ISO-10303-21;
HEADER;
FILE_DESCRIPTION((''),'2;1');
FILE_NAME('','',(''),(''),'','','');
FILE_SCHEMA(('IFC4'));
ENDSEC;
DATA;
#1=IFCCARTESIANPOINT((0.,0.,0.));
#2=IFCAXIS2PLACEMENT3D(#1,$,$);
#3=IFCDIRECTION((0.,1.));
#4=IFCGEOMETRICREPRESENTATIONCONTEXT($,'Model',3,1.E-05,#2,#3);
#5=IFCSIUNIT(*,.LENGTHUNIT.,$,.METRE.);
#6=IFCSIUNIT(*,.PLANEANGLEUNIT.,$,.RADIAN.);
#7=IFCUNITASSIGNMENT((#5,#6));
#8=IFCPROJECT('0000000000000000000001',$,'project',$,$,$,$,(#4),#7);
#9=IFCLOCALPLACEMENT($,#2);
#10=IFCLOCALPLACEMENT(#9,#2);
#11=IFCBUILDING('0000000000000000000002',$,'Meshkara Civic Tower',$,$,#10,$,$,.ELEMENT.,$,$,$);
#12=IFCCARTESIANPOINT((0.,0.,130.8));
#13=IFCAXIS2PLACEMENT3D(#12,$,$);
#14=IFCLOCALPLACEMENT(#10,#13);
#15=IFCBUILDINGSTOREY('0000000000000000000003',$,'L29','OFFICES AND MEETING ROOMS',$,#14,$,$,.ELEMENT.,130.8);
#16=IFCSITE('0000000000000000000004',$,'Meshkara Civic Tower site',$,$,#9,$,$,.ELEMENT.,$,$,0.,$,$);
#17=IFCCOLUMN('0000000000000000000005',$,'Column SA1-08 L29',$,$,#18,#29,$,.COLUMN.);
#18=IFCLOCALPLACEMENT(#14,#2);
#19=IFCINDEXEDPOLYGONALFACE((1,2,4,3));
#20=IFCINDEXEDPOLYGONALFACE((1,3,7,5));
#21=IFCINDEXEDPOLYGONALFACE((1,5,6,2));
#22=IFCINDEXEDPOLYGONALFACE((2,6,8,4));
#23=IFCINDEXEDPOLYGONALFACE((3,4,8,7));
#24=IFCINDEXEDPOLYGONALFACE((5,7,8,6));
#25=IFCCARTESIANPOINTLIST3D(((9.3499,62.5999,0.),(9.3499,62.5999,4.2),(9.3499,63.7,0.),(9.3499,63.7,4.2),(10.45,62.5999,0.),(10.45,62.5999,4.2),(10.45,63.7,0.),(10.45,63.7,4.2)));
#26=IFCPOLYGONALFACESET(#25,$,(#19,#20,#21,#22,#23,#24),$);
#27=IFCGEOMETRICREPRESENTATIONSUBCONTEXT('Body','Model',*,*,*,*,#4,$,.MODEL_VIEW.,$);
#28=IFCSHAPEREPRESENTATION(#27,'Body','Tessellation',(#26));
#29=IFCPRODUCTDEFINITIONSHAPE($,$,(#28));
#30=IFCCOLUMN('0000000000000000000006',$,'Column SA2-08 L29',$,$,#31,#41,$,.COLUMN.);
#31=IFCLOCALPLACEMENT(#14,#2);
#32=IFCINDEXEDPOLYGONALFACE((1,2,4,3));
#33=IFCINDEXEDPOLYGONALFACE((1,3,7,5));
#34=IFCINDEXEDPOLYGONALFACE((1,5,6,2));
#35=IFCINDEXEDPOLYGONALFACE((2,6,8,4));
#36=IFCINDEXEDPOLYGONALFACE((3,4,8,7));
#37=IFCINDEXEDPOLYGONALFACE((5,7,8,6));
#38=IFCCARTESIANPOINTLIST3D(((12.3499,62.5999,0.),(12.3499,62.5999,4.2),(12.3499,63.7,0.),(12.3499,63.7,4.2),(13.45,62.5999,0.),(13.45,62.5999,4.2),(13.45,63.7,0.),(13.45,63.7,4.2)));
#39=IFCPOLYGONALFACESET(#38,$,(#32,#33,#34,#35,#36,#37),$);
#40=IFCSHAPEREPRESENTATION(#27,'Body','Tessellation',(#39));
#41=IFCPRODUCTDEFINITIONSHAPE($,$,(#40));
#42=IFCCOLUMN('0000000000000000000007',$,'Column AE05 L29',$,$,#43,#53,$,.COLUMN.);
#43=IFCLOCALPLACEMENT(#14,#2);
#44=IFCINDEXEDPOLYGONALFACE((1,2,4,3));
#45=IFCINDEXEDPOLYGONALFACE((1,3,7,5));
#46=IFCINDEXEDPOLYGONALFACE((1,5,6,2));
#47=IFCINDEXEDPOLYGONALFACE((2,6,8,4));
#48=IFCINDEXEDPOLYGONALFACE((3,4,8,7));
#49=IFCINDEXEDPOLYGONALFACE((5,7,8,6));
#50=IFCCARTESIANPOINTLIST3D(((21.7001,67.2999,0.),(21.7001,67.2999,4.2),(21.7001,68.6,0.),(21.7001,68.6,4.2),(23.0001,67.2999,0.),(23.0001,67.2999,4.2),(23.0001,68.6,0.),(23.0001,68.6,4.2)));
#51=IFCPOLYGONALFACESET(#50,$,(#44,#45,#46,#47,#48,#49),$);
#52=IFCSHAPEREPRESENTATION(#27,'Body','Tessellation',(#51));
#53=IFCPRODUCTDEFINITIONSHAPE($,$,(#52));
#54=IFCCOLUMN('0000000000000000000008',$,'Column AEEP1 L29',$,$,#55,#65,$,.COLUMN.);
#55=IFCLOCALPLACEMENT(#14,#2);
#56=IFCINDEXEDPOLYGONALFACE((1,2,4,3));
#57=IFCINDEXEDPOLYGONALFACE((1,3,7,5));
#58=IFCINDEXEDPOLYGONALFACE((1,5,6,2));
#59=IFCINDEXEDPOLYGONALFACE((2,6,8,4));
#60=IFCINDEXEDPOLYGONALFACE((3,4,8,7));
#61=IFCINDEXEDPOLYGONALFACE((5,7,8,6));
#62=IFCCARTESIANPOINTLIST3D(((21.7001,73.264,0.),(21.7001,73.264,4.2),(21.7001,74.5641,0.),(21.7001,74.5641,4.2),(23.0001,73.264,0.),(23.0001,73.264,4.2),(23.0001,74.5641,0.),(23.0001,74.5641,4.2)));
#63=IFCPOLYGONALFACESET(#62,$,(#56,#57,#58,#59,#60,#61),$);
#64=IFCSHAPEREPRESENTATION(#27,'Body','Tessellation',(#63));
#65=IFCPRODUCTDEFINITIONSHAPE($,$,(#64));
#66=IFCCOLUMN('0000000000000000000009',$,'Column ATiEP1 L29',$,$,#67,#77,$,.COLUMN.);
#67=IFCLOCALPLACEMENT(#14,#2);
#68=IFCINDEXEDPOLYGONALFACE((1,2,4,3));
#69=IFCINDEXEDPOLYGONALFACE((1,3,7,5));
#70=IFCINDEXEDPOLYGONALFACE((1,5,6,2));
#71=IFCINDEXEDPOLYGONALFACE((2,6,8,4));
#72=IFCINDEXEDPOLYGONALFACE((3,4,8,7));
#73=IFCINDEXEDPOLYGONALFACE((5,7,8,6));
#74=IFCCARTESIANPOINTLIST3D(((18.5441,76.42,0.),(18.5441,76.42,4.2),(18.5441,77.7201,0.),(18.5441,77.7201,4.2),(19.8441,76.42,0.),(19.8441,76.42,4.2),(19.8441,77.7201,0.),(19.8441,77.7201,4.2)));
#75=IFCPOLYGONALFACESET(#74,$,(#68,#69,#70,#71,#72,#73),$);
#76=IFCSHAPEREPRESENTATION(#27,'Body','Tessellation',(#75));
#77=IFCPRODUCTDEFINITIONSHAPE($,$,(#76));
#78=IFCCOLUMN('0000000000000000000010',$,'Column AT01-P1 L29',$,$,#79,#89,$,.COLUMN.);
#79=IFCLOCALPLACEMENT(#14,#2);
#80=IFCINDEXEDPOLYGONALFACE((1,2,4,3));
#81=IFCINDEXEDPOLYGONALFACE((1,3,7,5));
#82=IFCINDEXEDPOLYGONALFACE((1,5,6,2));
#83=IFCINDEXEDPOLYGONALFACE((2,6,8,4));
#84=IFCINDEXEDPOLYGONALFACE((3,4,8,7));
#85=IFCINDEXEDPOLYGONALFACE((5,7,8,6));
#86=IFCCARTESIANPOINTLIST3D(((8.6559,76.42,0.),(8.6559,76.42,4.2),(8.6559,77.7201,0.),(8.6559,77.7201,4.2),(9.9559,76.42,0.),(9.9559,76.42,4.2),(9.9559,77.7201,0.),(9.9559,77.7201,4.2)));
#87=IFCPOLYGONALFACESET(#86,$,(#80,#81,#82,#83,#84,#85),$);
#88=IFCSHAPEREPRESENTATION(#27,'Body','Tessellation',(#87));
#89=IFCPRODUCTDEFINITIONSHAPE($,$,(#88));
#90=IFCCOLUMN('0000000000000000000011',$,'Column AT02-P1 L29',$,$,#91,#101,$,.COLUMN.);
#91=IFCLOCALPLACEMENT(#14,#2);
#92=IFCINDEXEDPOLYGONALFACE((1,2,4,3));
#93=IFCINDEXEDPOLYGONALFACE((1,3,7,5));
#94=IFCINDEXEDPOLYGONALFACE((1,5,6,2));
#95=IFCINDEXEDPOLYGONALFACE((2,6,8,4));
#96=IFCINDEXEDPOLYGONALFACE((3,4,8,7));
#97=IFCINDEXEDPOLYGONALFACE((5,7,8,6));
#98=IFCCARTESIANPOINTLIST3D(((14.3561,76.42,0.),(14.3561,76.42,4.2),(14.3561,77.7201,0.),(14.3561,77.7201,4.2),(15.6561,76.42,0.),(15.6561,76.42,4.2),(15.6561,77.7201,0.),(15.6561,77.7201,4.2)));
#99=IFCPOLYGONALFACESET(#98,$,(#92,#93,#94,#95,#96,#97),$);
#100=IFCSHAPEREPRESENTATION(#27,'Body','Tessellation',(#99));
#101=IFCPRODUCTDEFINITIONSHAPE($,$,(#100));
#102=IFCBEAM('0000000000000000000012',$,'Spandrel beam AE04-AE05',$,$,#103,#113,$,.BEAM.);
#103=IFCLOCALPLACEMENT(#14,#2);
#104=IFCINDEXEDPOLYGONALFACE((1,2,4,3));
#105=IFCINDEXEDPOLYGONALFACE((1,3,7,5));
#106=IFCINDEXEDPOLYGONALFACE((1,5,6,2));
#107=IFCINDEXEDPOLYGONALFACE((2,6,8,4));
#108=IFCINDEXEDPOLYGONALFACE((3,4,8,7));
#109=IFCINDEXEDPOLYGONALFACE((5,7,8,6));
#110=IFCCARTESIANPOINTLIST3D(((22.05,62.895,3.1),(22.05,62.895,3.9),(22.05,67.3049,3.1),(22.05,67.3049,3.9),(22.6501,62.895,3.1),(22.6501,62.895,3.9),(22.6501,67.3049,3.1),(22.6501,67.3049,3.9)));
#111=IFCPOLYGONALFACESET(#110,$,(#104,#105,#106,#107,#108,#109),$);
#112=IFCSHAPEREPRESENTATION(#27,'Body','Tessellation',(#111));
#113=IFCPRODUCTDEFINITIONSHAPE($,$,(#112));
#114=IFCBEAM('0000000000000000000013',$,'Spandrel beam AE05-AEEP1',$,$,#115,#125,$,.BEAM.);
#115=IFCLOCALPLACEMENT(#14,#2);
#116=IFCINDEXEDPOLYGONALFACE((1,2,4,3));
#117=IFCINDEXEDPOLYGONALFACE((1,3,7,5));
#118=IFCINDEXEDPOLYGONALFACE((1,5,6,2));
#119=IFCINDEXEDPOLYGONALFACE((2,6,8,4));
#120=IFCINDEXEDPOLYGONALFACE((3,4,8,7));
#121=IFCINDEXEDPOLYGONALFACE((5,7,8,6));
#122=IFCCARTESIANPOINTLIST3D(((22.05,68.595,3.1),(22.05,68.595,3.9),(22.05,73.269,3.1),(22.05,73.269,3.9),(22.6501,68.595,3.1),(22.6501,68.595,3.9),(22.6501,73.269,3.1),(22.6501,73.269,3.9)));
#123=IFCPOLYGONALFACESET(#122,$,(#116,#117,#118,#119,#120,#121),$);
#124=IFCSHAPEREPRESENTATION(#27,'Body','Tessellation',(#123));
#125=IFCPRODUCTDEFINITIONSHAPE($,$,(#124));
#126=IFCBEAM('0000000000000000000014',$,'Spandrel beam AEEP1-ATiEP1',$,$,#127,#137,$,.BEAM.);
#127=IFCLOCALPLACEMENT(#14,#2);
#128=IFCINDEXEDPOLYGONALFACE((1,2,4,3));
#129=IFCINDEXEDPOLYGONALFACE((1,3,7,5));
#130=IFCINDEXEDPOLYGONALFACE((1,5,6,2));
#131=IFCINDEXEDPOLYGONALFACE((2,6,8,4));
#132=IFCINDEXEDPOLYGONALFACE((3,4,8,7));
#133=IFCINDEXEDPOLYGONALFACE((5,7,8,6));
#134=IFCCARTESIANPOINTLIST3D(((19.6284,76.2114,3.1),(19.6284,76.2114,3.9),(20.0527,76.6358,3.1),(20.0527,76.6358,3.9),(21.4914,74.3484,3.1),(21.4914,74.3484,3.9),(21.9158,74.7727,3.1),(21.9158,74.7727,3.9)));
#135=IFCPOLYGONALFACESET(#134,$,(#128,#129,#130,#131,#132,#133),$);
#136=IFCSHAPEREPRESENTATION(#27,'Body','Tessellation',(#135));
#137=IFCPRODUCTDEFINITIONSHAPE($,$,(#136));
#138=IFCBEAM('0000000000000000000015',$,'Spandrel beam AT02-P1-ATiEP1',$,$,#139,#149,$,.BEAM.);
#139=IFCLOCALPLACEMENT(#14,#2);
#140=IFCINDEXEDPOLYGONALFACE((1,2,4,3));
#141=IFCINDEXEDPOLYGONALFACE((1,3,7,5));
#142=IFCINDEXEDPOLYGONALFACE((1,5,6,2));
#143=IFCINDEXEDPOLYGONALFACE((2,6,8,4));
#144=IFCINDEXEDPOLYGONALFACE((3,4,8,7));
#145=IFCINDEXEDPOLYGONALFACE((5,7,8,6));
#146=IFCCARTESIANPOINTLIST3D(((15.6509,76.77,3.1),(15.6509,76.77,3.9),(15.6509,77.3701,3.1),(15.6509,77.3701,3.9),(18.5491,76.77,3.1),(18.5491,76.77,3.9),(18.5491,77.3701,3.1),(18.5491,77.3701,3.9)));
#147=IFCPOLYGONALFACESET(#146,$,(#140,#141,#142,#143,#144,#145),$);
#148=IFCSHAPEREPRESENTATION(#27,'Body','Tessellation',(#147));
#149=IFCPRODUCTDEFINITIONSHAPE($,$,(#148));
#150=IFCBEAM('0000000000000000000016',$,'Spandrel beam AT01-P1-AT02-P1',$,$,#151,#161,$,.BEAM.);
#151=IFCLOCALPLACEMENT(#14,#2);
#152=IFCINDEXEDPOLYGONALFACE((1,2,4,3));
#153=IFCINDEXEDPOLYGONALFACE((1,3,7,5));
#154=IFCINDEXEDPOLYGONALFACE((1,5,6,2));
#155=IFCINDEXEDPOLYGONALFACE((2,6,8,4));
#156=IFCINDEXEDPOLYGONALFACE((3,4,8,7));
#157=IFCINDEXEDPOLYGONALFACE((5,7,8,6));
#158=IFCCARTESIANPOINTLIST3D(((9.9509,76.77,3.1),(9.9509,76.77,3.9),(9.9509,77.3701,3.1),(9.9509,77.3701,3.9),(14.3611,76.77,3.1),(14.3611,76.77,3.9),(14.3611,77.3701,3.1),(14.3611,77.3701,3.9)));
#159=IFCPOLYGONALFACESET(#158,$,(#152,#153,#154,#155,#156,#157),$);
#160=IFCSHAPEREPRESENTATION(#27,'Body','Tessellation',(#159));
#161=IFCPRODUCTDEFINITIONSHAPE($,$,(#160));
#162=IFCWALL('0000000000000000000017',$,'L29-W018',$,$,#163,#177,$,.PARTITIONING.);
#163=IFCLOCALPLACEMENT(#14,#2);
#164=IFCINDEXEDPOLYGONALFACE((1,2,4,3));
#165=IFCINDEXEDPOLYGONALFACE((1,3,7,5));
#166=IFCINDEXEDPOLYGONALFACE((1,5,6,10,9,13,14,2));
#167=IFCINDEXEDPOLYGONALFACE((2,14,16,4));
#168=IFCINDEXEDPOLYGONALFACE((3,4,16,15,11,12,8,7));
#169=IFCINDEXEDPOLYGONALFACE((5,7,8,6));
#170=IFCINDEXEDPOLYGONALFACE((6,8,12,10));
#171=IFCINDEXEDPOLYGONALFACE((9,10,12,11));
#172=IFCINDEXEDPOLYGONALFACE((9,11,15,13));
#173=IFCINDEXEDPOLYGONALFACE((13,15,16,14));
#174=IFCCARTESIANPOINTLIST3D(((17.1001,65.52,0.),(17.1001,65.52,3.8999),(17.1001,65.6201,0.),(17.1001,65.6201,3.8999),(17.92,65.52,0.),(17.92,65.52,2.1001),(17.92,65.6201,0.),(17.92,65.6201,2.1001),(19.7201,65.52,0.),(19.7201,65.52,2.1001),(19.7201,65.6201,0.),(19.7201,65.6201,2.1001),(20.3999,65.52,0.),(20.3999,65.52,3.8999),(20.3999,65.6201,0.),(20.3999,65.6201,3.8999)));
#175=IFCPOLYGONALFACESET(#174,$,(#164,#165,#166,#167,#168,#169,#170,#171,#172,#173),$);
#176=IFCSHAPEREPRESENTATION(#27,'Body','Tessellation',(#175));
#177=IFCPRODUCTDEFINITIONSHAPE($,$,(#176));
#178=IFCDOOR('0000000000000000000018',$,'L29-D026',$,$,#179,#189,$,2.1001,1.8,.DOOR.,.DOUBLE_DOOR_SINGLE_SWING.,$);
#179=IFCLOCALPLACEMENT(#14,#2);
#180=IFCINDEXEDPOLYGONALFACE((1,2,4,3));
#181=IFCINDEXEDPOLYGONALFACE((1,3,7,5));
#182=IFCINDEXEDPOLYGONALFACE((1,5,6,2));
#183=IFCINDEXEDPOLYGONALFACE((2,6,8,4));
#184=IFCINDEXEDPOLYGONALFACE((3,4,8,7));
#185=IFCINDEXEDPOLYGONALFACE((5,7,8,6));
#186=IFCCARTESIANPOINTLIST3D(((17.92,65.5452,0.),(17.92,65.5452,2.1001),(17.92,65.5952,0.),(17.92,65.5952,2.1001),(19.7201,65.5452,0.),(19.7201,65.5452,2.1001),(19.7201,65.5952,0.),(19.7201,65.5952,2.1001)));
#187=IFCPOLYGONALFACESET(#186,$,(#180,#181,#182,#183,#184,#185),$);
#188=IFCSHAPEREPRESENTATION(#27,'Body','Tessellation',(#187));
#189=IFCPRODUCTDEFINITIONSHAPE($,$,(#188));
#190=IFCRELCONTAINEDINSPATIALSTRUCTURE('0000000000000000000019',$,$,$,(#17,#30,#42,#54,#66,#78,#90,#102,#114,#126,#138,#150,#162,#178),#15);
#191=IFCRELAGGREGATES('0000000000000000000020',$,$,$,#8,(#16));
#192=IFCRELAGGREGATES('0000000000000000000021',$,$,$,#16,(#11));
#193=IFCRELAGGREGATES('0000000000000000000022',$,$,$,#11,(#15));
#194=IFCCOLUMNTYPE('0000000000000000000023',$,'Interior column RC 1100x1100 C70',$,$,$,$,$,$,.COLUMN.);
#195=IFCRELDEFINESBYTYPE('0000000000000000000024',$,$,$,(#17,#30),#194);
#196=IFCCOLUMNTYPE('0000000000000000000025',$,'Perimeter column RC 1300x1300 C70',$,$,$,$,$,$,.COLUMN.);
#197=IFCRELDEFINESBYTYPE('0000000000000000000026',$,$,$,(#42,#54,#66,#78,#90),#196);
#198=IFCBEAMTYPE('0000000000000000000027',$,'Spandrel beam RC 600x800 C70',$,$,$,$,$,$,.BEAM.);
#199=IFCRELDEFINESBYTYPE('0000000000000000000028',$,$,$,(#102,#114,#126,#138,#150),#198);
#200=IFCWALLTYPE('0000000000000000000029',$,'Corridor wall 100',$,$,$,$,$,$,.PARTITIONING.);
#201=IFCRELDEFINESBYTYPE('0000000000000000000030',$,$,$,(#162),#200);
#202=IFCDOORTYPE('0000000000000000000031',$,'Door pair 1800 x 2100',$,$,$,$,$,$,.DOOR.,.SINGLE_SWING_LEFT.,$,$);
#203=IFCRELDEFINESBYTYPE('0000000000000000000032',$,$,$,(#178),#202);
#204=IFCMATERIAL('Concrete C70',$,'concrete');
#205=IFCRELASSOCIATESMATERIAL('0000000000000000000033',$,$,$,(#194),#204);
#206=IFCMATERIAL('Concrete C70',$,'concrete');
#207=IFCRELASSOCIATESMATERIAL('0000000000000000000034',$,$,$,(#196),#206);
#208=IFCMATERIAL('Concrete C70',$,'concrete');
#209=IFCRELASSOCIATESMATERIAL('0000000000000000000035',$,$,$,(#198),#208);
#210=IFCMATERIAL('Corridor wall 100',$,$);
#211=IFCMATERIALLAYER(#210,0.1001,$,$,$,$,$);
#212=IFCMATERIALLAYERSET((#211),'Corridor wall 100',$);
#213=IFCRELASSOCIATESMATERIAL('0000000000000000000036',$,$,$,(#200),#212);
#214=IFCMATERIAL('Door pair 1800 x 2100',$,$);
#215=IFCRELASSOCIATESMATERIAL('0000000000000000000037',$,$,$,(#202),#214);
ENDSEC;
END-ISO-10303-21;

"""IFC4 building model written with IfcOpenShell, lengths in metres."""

from ifc_helpers import new_model, si_unit, direction, frame, frame_2d, origin, origin_2d, place, context, subcontext, project, spatial, rectangle, extrude, material, layer, layer_set, material_profile, profile_set, type_object, element, fill, save


model = new_model("IFC4")

# Units and contexts
model_context = context("Model", 3, precision=1e-05, world=origin(), true_north=direction((0.0, 1.0)))
body_context = subcontext(model_context, "Body", "Model", "MODEL_VIEW")
ifc_project = project(units=[si_unit("LENGTHUNIT", "METRE"), si_unit("PLANEANGLEUNIT", "RADIAN")], contexts=[model_context])

# Site, building, storey
site_placement = place(None, origin())
site = spatial("IfcSite", under=ifc_project, at=site_placement, Name="Meshkara Civic Tower site", CompositionType="ELEMENT", RefElevation=0.0)
building_placement = place(site_placement, origin())
building = spatial("IfcBuilding", under=site, at=building_placement, Name="Meshkara Civic Tower", CompositionType="ELEMENT")
storey_placement = place(building_placement, frame((0.0, 0.0, 130.8)))
storey = spatial("IfcBuildingStorey", under=building, at=storey_placement, Name="L29", Description="OFFICES AND MEETING ROOMS", CompositionType="ELEMENT", Elevation=130.8)

# Columns
ifc_material_1 = material(Name="Concrete C70", Category="concrete")
ifc_material_profile_1 = material_profile(ifc_material_1, rectangle(XDim=1.1001, YDim=1.1001, at=origin_2d()))
ifc_profile_set_1 = profile_set([ifc_material_profile_1], Name="Concrete C70")
column_type_1 = type_object("IfcColumnType", Name="Interior column RC 1100x1100 C70", PredefinedType="COLUMN", material=ifc_profile_set_1)
for number, where, z_axis, x_axis, name in (
    (1, (9.8999, 63.1499, 0.0), (0.0, 0.0, 1.0), (1.0, 0.0, 0.0), "Column SA1-08 L29"),
    (2, (12.8999, 63.1499, 0.0), (0.0, 0.0, 1.0), (1.0, 0.0, 0.0), "Column SA2-08 L29"),
):
    element("IfcColumn", number, at=place(storey_placement, frame(where, z_axis=z_axis, x_axis=x_axis)), inside=storey, type_object=column_type_1, Name=name, PredefinedType="COLUMN", context=body_context, shape_type="SweptSolid", body=[
        extrude(rectangle(XDim=1.1001, YDim=1.1001, at=origin_2d()), origin(), (0.0, 0.0, 1.0), 4.2),
    ])
ifc_material_2 = material(Name="Concrete C70", Category="concrete")
ifc_material_profile_2 = material_profile(ifc_material_2, rectangle(XDim=1.3, YDim=1.3, at=origin_2d()))
ifc_profile_set_2 = profile_set([ifc_material_profile_2], Name="Concrete C70")
column_type_2 = type_object("IfcColumnType", Name="Perimeter column RC 1300x1300 C70", PredefinedType="COLUMN", material=ifc_profile_set_2)
for number, where, z_axis, x_axis, name in (
    (3, (22.3501, 67.95, 0.0), (0.0, 0.0, 1.0), (1.0, 0.0, 0.0), "Column AE05 L29"),
    (4, (22.3501, 73.9141, 0.0), (0.0, 0.0, 1.0), (1.0, 0.0, 0.0), "Column AEEP1 L29"),
    (5, (19.1941, 77.0701, 0.0), (0.0, 0.0, 1.0), (1.0, 0.0, 0.0), "Column ATiEP1 L29"),
    (6, (9.3059, 77.0701, 0.0), (0.0, 0.0, 1.0), (1.0, 0.0, 0.0), "Column AT01-P1 L29"),
    (7, (15.0061, 77.0701, 0.0), (0.0, 0.0, 1.0), (1.0, 0.0, 0.0), "Column AT02-P1 L29"),
):
    element("IfcColumn", number, at=place(storey_placement, frame(where, z_axis=z_axis, x_axis=x_axis)), inside=storey, type_object=column_type_2, Name=name, PredefinedType="COLUMN", context=body_context, shape_type="SweptSolid", body=[
        extrude(rectangle(XDim=1.3, YDim=1.3, at=origin_2d()), origin(), (0.0, 0.0, 1.0), 4.2),
    ])

# Beams
ifc_material_3 = material(Name="Concrete C70", Category="concrete")
ifc_material_profile_3 = material_profile(ifc_material_3, rectangle(XDim=0.6001, YDim=0.8, at=origin_2d()))
ifc_profile_set_3 = profile_set([ifc_material_profile_3], Name="Concrete C70")
beam_type = type_object("IfcBeamType", Name="Spandrel beam RC 600x800 C70", PredefinedType="BEAM", material=ifc_profile_set_3)
beam_1_placement = place(storey_placement, frame((22.3501, 62.895, 3.5), z_axis=(0.0, 1.0, 0.0), x_axis=(-1.0, 0.0, 0.0)))
element("IfcBeam", 8, at=beam_1_placement, inside=storey, type_object=beam_type, Name="Spandrel beam AE04-AE05", PredefinedType="BEAM", context=body_context, shape_type="SweptSolid", body=[
    extrude(rectangle(XDim=0.6001, YDim=0.8, at=origin_2d()), origin(), (0.0, 0.0, 1.0), 4.4099),
])
beam_2_placement = place(storey_placement, frame((22.3501, 68.595, 3.5), z_axis=(0.0, 1.0, 0.0), x_axis=(-1.0, 0.0, 0.0)))
element("IfcBeam", 9, at=beam_2_placement, inside=storey, type_object=beam_type, Name="Spandrel beam AE05-AEEP1", PredefinedType="BEAM", context=body_context, shape_type="SweptSolid", body=[
    extrude(rectangle(XDim=0.6001, YDim=0.8, at=origin_2d()), origin(), (0.0, 0.0, 1.0), 4.6741),
])
beam_3_placement = place(storey_placement, frame((21.7036, 74.5605, 3.5), z_axis=(-0.707107, 0.707107, 0.0), x_axis=(-0.707107, -0.707107, 0.0)))
element("IfcBeam", 10, at=beam_3_placement, inside=storey, type_object=beam_type, Name="Spandrel beam AEEP1-ATiEP1", PredefinedType="BEAM", context=body_context, shape_type="SweptSolid", body=[
    extrude(rectangle(XDim=0.6001, YDim=0.8, at=origin_2d()), origin(), (0.0, 0.0, 1.0), 2.6348),
])
beam_4_placement = place(storey_placement, frame((18.5491, 77.0701, 3.5), z_axis=(-1.0, 0.0, 0.0), x_axis=(0.0, -1.0, 0.0)))
element("IfcBeam", 11, at=beam_4_placement, inside=storey, type_object=beam_type, Name="Spandrel beam AT02-P1-ATiEP1", PredefinedType="BEAM", context=body_context, shape_type="SweptSolid", body=[
    extrude(rectangle(XDim=0.6001, YDim=0.8, at=origin_2d()), origin(), (0.0, 0.0, 1.0), 2.8982),
])
beam_5_placement = place(storey_placement, frame((14.3611, 77.0701, 3.5), z_axis=(-1.0, 0.0, 0.0), x_axis=(0.0, -1.0, 0.0)))
element("IfcBeam", 12, at=beam_5_placement, inside=storey, type_object=beam_type, Name="Spandrel beam AT01-P1-AT02-P1", PredefinedType="BEAM", context=body_context, shape_type="SweptSolid", body=[
    extrude(rectangle(XDim=0.6001, YDim=0.8, at=origin_2d()), origin(), (0.0, 0.0, 1.0), 4.4102),
])

# Wall, opening, door
ifc_material_4 = material(Name="Corridor wall 100")
ifc_layer_1 = layer(ifc_material_4, 0.1001)
ifc_layer_set_1 = layer_set([ifc_layer_1], Name="Corridor wall 100")
wall_type_1 = type_object("IfcWallType", Name="Corridor wall 100", PredefinedType="PARTITIONING", material=ifc_layer_set_1)
wall_1_placement = place(storey_placement, frame((20.3999, 65.5701, 0.0), z_axis=(0.0, 0.0, 1.0), x_axis=(-1.0, 0.0, 0.0)))
wall_1 = element("IfcWall", 13, at=wall_1_placement, inside=storey, type_object=wall_type_1, Name="L29-W018", PredefinedType="PARTITIONING", context=body_context, shape_type="SweptSolid", body=[
    extrude(rectangle(XDim=3.2998, YDim=0.1001, at=frame_2d((1.6499, 0.0))), origin(), (0.0, 0.0, 1.0), 3.8999),
])
opening_1_placement = place(wall_1_placement, frame((0.6799, 0.0, 0.0)))
opening_1 = element("IfcOpeningElement", 14, at=opening_1_placement, cuts=wall_1, PredefinedType="OPENING", context=body_context, shape_type="SweptSolid", body=[
    extrude(rectangle(XDim=1.8, YDim=2.1001, at=frame_2d((0.8999, 1.05))), frame((0.0, 0.0601, 0.0), z_axis=(0.0, -1.0, 0.0), x_axis=(1.0, 0.0, 0.0)), (0.0, 0.0, 1.0), 0.1201),
])
ifc_material_5 = material(Name="Door pair 1800 x 2100")
door_type_1 = type_object("IfcDoorType", Name="Door pair 1800 x 2100", OperationType="SINGLE_SWING_LEFT", PredefinedType="DOOR", material=ifc_material_5)
door_1_placement = place(opening_1_placement, origin())
door_1 = element("IfcDoor", 15, at=door_1_placement, inside=storey, type_object=door_type_1, Name="L29-D026", OperationType="DOUBLE_DOOR_SINGLE_SWING", OverallHeight=2.1001, OverallWidth=1.8, PredefinedType="DOOR", context=body_context, shape_type="SweptSolid", body=[
    extrude(rectangle(XDim=1.8, YDim=2.1001, at=frame_2d((0.8999, 1.05))), frame((0.0, 0.0249, 0.0), z_axis=(0.0, -1.0, 0.0), x_axis=(1.0, 0.0, 0.0)), (0.0, 0.0, 1.0), 0.05),
])
fill(opening_1, door_1)

save(model, "model.ifc")
